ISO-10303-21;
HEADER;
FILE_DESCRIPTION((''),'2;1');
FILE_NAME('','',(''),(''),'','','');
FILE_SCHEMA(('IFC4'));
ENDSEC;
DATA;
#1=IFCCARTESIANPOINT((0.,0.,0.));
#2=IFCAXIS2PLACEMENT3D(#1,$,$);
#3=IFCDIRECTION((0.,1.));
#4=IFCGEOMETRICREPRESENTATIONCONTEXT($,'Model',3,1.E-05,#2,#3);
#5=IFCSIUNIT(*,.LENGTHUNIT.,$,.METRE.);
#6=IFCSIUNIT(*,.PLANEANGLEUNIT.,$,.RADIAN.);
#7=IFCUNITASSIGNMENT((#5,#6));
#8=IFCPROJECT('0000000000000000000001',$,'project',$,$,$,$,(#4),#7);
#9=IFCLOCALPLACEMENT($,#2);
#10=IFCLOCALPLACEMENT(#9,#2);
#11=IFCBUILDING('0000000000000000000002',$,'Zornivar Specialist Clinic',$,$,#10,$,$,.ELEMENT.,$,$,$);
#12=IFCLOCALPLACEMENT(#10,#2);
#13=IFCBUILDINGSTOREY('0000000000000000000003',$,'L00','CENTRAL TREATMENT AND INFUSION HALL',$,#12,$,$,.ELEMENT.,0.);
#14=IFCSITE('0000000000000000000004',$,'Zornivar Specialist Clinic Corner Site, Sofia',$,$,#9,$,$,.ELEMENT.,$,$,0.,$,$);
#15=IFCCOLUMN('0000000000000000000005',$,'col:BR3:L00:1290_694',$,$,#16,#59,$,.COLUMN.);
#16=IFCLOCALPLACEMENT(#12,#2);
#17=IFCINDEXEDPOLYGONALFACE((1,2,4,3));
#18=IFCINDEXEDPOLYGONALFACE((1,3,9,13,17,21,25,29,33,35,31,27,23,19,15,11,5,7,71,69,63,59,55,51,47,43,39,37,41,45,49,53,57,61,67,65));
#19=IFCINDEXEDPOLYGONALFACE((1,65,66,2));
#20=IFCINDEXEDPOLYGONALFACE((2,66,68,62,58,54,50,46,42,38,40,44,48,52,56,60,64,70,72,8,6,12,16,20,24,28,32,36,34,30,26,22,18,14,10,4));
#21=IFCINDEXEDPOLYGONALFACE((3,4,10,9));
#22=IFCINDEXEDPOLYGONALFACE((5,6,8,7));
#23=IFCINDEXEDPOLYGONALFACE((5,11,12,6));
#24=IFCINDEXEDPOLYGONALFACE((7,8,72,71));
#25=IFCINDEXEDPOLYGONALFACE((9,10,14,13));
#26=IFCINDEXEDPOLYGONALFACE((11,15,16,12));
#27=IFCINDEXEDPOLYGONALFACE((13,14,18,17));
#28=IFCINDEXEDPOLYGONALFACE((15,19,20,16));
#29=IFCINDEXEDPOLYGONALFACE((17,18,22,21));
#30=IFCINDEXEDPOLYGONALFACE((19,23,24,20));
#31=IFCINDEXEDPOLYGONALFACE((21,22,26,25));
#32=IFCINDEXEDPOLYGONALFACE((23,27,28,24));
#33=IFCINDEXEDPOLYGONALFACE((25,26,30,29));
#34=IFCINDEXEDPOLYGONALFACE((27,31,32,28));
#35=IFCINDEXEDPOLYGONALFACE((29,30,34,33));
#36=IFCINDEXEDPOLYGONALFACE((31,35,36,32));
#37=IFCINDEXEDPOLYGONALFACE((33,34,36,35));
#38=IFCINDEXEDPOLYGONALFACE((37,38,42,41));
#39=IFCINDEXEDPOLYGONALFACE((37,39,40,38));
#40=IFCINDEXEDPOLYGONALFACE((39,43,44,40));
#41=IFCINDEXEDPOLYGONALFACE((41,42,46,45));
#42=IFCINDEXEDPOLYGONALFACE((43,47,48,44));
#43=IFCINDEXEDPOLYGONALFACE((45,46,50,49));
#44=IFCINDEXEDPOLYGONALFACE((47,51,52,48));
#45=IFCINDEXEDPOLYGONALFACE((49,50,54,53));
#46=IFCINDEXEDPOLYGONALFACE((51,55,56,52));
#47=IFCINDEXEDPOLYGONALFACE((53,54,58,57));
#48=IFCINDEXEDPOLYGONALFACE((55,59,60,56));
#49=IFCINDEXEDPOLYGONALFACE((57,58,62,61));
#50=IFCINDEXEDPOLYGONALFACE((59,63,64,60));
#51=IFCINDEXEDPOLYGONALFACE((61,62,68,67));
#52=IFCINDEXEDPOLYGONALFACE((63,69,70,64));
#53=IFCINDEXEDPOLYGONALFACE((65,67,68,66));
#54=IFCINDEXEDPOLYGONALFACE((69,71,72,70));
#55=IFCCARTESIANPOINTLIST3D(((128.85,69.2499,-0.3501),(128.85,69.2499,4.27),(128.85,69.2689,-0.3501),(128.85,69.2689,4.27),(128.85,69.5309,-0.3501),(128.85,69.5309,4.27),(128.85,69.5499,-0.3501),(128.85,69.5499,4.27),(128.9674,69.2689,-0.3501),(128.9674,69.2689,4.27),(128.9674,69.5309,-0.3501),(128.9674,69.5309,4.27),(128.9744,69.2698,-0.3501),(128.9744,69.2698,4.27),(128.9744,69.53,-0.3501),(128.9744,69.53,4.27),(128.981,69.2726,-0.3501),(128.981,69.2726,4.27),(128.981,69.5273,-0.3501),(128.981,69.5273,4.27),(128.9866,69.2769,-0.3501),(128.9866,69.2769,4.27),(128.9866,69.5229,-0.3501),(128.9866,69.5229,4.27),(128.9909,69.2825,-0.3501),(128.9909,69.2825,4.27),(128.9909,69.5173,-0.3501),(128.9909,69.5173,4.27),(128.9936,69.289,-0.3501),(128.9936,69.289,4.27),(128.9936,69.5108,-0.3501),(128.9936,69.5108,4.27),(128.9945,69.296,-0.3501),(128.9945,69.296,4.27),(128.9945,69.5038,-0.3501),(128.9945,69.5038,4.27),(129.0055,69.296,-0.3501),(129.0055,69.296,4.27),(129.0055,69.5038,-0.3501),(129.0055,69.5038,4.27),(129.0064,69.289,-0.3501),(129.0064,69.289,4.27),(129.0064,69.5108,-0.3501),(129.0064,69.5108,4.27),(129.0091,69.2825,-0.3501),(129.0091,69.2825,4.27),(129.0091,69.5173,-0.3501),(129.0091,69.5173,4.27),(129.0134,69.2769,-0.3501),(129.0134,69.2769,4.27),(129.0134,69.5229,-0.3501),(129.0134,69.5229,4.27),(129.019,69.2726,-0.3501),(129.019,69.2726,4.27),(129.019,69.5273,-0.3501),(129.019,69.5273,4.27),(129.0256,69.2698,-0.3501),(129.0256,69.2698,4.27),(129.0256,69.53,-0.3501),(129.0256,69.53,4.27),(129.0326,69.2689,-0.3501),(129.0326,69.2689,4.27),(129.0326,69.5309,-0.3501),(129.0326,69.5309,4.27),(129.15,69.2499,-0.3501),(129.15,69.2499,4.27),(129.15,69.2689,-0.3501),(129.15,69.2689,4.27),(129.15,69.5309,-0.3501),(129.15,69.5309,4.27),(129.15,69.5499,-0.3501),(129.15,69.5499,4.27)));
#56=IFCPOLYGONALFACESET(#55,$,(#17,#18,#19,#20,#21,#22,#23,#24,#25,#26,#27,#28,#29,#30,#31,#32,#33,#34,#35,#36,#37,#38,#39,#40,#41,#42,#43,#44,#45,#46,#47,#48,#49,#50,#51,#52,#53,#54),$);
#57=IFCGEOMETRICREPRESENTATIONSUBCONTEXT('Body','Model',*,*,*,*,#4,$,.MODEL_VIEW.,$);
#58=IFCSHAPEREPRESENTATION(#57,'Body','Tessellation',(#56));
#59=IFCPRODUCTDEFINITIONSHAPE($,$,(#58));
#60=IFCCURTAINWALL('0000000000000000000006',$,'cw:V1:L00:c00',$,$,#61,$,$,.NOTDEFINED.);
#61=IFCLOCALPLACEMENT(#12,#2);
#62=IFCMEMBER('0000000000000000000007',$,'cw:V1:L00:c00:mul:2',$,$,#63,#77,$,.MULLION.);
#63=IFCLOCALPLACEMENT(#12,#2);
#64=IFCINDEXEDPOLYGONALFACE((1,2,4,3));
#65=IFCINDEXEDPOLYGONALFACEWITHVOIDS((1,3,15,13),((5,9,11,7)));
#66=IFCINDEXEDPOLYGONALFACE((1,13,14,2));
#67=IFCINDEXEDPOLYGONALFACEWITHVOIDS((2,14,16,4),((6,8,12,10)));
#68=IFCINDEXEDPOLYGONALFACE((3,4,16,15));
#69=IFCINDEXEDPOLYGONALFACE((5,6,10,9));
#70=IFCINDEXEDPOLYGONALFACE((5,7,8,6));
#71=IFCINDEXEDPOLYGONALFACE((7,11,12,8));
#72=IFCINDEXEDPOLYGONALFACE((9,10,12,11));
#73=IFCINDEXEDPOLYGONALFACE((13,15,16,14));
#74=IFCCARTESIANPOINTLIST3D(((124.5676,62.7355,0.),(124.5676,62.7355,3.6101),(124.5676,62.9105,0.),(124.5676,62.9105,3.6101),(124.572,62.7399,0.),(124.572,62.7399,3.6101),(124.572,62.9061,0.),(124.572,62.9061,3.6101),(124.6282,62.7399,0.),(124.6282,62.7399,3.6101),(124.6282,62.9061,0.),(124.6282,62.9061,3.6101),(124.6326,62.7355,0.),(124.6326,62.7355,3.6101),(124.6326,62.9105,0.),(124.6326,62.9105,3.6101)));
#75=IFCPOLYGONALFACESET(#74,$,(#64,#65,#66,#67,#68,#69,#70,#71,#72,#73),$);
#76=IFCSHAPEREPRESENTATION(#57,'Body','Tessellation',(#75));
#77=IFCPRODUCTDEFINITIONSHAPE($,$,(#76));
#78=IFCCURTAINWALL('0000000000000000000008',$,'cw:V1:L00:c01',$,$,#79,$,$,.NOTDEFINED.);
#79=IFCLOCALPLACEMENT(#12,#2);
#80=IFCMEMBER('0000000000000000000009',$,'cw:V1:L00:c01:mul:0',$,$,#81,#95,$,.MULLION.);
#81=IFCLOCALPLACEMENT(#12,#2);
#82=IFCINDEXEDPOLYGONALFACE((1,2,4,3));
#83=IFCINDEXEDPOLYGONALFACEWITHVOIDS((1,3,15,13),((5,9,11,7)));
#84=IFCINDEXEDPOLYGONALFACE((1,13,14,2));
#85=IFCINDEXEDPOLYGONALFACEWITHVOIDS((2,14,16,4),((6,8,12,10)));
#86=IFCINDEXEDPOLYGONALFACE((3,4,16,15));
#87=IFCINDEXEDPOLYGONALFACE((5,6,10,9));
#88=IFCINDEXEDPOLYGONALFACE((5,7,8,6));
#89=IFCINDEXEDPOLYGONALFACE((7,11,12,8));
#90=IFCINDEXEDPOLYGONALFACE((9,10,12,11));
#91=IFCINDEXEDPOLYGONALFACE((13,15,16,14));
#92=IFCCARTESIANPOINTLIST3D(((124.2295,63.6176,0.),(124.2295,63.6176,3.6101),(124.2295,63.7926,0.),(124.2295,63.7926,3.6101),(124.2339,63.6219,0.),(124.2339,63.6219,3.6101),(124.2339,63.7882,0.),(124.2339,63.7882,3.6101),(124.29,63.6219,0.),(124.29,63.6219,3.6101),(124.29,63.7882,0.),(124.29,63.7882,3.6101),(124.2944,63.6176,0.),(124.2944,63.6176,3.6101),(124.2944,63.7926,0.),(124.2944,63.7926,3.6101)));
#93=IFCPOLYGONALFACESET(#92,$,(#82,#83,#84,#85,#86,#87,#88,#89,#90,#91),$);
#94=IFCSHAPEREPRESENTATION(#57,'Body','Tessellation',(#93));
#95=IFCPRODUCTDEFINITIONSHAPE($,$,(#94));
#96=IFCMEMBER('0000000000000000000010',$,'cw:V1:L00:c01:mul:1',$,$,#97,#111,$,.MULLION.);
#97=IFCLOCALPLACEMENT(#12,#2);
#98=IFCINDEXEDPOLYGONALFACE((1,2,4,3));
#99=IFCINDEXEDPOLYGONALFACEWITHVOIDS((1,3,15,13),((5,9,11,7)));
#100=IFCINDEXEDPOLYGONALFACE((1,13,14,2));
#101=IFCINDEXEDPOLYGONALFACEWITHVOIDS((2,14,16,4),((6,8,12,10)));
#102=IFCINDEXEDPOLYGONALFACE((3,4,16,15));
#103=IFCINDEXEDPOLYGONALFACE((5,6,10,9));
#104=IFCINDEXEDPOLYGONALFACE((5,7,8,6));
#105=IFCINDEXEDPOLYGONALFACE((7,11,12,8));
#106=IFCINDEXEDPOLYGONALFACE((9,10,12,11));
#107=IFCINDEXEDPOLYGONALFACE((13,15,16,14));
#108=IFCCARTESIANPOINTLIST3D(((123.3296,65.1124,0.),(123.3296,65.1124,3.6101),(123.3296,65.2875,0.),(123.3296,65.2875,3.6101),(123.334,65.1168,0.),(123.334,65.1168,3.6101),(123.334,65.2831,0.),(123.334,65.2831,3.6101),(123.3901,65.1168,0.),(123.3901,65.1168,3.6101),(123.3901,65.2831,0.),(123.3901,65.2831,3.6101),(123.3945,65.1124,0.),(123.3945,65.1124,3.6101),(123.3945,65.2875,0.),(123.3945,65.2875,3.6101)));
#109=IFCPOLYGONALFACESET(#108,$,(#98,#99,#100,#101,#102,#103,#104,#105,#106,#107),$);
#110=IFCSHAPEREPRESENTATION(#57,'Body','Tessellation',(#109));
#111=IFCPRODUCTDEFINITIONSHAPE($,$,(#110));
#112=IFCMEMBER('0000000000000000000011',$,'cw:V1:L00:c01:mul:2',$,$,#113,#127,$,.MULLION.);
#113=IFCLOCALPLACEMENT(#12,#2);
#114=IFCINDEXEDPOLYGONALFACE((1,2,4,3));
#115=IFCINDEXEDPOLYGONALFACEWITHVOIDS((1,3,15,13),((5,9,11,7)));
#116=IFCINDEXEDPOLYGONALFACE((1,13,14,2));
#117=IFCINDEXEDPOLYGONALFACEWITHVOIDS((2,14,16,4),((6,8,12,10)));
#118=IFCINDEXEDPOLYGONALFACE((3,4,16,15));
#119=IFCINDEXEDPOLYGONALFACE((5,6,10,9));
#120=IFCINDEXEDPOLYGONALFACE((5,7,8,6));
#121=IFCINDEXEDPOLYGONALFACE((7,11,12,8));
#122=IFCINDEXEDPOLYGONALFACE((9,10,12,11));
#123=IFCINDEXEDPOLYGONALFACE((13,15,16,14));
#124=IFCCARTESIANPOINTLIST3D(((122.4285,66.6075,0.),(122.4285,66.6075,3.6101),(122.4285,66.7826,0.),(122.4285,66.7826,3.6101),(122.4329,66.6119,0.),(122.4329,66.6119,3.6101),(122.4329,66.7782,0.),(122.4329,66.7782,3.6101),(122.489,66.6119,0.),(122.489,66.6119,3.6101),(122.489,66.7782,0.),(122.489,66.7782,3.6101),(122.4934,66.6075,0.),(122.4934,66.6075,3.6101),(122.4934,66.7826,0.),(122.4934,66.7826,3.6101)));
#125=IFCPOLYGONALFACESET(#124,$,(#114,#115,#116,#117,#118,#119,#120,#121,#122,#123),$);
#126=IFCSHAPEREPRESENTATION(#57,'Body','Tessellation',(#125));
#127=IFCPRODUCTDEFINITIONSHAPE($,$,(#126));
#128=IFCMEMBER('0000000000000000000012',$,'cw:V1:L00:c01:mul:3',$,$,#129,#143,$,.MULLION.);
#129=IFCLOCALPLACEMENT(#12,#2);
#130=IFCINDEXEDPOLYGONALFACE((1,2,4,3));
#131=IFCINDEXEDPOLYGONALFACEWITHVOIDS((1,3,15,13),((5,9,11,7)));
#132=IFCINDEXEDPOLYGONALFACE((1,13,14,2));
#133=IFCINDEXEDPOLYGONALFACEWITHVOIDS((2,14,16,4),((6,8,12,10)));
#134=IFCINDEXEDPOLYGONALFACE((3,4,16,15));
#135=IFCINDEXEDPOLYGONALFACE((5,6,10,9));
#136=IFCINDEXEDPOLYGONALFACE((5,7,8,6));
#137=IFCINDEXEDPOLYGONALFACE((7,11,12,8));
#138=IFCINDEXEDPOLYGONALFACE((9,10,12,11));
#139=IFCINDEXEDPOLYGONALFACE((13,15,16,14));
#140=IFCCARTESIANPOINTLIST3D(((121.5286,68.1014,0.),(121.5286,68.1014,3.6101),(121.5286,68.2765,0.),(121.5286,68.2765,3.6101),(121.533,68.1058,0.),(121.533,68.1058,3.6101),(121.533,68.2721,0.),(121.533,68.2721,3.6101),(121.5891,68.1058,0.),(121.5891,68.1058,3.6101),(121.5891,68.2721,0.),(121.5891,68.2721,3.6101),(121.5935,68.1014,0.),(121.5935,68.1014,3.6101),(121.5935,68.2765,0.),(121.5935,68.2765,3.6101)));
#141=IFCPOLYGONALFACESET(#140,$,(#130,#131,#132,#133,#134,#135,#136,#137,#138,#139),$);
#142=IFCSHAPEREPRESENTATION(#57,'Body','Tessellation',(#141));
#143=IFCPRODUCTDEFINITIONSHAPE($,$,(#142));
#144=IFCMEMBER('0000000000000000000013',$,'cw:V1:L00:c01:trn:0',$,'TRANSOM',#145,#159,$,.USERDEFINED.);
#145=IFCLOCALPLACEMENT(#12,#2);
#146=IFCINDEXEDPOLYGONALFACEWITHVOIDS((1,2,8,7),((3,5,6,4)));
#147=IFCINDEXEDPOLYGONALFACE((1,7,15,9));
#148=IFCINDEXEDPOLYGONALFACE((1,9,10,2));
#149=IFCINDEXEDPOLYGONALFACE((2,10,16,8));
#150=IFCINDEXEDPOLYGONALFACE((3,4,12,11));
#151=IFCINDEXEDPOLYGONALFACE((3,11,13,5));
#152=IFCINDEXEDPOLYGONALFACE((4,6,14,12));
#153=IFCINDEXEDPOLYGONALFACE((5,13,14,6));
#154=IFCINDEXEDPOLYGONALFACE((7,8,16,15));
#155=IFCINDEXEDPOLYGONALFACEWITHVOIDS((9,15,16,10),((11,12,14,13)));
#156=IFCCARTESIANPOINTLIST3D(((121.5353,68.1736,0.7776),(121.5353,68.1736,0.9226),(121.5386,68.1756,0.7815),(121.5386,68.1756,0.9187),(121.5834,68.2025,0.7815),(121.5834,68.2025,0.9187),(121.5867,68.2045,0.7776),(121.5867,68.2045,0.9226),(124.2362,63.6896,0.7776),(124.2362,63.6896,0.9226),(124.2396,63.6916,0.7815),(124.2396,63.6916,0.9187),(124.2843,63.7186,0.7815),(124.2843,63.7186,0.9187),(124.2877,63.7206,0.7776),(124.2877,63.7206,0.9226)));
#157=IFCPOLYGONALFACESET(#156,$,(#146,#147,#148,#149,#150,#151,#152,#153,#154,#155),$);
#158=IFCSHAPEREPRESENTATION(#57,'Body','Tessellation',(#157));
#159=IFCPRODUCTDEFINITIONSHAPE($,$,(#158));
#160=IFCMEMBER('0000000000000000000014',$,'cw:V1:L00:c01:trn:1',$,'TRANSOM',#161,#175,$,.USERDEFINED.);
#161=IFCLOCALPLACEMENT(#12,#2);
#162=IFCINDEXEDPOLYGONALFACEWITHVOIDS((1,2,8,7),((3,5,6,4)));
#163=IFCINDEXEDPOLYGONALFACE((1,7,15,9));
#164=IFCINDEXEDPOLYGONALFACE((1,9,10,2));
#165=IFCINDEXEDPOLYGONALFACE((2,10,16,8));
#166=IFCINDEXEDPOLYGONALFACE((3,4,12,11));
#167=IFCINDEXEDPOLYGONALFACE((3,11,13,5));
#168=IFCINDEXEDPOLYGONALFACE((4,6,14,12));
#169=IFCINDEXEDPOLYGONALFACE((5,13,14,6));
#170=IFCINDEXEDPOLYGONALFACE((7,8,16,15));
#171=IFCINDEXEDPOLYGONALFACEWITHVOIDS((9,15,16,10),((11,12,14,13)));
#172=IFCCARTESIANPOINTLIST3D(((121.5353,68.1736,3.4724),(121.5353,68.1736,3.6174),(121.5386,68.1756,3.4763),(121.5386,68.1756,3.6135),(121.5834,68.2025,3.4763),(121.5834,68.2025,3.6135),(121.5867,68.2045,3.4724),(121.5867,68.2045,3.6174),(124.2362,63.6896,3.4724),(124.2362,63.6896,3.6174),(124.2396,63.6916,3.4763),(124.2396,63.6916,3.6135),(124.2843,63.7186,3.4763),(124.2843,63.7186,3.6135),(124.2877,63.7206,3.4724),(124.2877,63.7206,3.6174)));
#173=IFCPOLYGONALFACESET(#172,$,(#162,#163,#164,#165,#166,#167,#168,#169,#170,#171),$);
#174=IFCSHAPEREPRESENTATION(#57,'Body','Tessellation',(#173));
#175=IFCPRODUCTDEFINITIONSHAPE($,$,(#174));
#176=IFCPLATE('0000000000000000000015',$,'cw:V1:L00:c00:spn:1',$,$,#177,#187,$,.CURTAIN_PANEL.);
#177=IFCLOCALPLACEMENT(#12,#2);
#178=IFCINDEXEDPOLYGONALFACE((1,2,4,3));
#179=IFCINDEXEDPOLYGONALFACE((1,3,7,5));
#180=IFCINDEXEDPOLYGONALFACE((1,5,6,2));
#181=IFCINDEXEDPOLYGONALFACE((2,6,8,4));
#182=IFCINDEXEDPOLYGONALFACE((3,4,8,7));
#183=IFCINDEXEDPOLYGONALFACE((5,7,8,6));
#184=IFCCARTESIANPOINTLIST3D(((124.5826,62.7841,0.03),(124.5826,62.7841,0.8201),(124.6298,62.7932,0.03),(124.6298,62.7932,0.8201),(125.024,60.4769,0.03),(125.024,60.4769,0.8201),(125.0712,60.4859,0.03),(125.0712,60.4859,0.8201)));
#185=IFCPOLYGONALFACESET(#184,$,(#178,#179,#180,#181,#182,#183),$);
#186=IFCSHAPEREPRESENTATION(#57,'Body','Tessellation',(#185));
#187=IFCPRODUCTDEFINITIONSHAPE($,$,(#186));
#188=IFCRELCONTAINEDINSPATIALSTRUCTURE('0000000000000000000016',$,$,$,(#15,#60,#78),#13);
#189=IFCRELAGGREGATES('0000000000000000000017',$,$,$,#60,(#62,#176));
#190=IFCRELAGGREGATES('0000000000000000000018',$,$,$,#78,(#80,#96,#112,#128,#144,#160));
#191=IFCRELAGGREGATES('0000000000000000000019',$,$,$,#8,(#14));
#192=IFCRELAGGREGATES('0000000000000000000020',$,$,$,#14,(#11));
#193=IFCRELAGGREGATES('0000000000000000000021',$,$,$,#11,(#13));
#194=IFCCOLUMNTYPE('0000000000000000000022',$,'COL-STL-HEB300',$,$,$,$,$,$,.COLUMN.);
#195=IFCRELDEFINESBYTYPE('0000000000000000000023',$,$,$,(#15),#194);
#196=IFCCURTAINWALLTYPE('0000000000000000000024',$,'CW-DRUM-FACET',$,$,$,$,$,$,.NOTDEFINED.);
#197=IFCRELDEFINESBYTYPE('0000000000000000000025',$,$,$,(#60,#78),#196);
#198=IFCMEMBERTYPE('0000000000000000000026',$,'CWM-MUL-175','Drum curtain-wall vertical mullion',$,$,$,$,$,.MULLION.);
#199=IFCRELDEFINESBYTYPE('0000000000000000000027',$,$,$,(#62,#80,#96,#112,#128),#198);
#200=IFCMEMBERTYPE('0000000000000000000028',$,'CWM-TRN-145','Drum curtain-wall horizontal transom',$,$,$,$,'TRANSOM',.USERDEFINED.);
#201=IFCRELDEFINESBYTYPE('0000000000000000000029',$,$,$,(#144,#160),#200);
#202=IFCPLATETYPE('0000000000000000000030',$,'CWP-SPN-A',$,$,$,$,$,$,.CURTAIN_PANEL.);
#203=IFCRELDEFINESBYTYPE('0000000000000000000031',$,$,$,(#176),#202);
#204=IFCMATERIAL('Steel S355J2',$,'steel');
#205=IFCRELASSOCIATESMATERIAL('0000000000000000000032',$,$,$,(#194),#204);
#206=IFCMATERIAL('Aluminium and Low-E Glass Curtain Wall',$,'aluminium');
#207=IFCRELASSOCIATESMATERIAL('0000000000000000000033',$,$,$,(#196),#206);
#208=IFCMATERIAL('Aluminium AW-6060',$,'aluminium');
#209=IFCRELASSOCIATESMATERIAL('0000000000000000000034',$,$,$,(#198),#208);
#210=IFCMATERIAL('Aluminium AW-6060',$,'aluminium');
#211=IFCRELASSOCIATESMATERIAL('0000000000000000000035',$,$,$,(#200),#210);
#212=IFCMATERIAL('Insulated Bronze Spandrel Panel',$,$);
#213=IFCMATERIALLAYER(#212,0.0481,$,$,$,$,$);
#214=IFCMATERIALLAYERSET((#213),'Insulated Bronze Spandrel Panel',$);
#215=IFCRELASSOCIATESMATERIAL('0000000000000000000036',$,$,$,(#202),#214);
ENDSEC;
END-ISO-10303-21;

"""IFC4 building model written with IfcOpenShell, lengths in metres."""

from ifc_helpers import new_model, si_unit, direction, frame, origin, origin_2d, place, context, subcontext, project, spatial, rectangle, hollow_rectangle, i_section, extrude, material, layer, layer_set, material_profile, profile_set, type_object, element, aggregate, save


model = new_model("IFC4")

# Units and contexts
model_context = context("Model", 3, precision=1e-05, world=origin(), true_north=direction((0.0, 1.0)))
body_context = subcontext(model_context, "Body", "Model", "MODEL_VIEW")
ifc_project = project(units=[si_unit("LENGTHUNIT", "METRE"), si_unit("PLANEANGLEUNIT", "RADIAN")], contexts=[model_context])

# Site, building, storey
site_placement = place(None, origin())
site = spatial("IfcSite", under=ifc_project, at=site_placement, Name="Zornivar Specialist Clinic Corner Site, Sofia", CompositionType="ELEMENT", RefElevation=0.0)
building_placement = place(site_placement, origin())
building = spatial("IfcBuilding", under=site, at=building_placement, Name="Zornivar Specialist Clinic", CompositionType="ELEMENT")
storey_placement = place(building_placement, origin())
storey = spatial("IfcBuildingStorey", under=building, at=storey_placement, Name="L00", Description="CENTRAL TREATMENT AND INFUSION HALL", CompositionType="ELEMENT", Elevation=0.0)

# Column
ifc_material_1 = material(Name="Steel S355J2", Category="steel")
ifc_material_profile_1 = material_profile(ifc_material_1, i_section(OverallWidth=0.3, OverallDepth=0.3, WebThickness=0.011, FlangeThickness=0.019, FilletRadius=0.0271, at=origin_2d()), Name="HEB 300")
ifc_profile_set_1 = profile_set([ifc_material_profile_1], Name="Steel S355J2")
column_type_1 = type_object("IfcColumnType", Name="COL-STL-HEB300", PredefinedType="COLUMN", material=ifc_profile_set_1)
for number, where, z_axis, x_axis, name in (
    (1, (129.0, 69.3999, -0.3501), (0.0, 0.0, 1.0), (1.0, 0.0, 0.0), "col:BR3:L00:1290_694"),
):
    element("IfcColumn", number, at=place(storey_placement, frame(where, z_axis=z_axis, x_axis=x_axis)), inside=storey, type_object=column_type_1, Name=name, PredefinedType="COLUMN", context=body_context, shape_type="SweptSolid", body=[
        extrude(i_section(OverallWidth=0.3, OverallDepth=0.3, WebThickness=0.011, FlangeThickness=0.019, FilletRadius=0.0271, at=origin_2d()), origin(), (0.0, 0.0, 1.0), 4.6201),
    ])

# Curtain wall, member
ifc_material_2 = material(Name="Aluminium and Low-E Glass Curtain Wall", Category="aluminium")
curtain_wall_type = type_object("IfcCurtainWallType", Name="CW-DRUM-FACET", PredefinedType="NOTDEFINED", material=ifc_material_2)
curtain_wall_1_placement = place(storey_placement, origin())
curtain_wall_1 = element("IfcCurtainWall", 2, at=curtain_wall_1_placement, inside=storey, type_object=curtain_wall_type, Name="cw:V1:L00:c00", PredefinedType="NOTDEFINED")
ifc_material_3 = material(Name="Aluminium AW-6060", Category="aluminium")
ifc_material_profile_2 = material_profile(ifc_material_3, hollow_rectangle(XDim=0.0649, YDim=0.175, WallThickness=0.0044, at=origin_2d()), Name="ALU 65x175x4.5")
ifc_profile_set_2 = profile_set([ifc_material_profile_2], Name="Aluminium AW-6060")
member_type_1 = type_object("IfcMemberType", Name="CWM-MUL-175", Description="Drum curtain-wall vertical mullion", PredefinedType="MULLION", material=ifc_profile_set_2)
member_1_placement = place(storey_placement, frame((124.6001, 62.823, 0.0), z_axis=(0.0, 0.0, 1.0), x_axis=(1.0, 0.0, 0.0)))
member_1 = element("IfcMember", 3, at=member_1_placement, type_object=member_type_1, Name="cw:V1:L00:c00:mul:2", PredefinedType="MULLION", context=body_context, shape_type="SweptSolid", body=[
    extrude(hollow_rectangle(XDim=0.0649, YDim=0.175, WallThickness=0.0044, at=origin_2d()), origin(), (0.0, 0.0, 1.0), 3.6101),
])

# Curtain wall, members
curtain_wall_2_placement = place(storey_placement, origin())
curtain_wall_2 = element("IfcCurtainWall", 4, at=curtain_wall_2_placement, inside=storey, type_object=curtain_wall_type, Name="cw:V1:L00:c01", PredefinedType="NOTDEFINED")
member_2_placement = place(storey_placement, frame((124.262, 63.7051, 0.0), z_axis=(0.0, 0.0, 1.0), x_axis=(1.0, 0.0, 0.0)))
member_2 = element("IfcMember", 5, at=member_2_placement, type_object=member_type_1, Name="cw:V1:L00:c01:mul:0", PredefinedType="MULLION", context=body_context, shape_type="SweptSolid", body=[
    extrude(hollow_rectangle(XDim=0.0649, YDim=0.175, WallThickness=0.0044, at=origin_2d()), origin(), (0.0, 0.0, 1.0), 3.6101),
])
member_3_placement = place(storey_placement, frame((123.3621, 65.2, 0.0), z_axis=(0.0, 0.0, 1.0), x_axis=(1.0, 0.0, 0.0)))
member_3 = element("IfcMember", 6, at=member_3_placement, type_object=member_type_1, Name="cw:V1:L00:c01:mul:1", PredefinedType="MULLION", context=body_context, shape_type="SweptSolid", body=[
    extrude(hollow_rectangle(XDim=0.0649, YDim=0.175, WallThickness=0.0044, at=origin_2d()), origin(), (0.0, 0.0, 1.0), 3.6101),
])
member_4_placement = place(storey_placement, frame((122.4609, 66.6951, 0.0), z_axis=(0.0, 0.0, 1.0), x_axis=(1.0, 0.0, 0.0)))
member_4 = element("IfcMember", 7, at=member_4_placement, type_object=member_type_1, Name="cw:V1:L00:c01:mul:2", PredefinedType="MULLION", context=body_context, shape_type="SweptSolid", body=[
    extrude(hollow_rectangle(XDim=0.0649, YDim=0.175, WallThickness=0.0044, at=origin_2d()), origin(), (0.0, 0.0, 1.0), 3.6101),
])
member_5_placement = place(storey_placement, frame((121.561, 68.189, 0.0), z_axis=(0.0, 0.0, 1.0), x_axis=(1.0, 0.0, 0.0)))
member_5 = element("IfcMember", 8, at=member_5_placement, type_object=member_type_1, Name="cw:V1:L00:c01:mul:3", PredefinedType="MULLION", context=body_context, shape_type="SweptSolid", body=[
    extrude(hollow_rectangle(XDim=0.0649, YDim=0.175, WallThickness=0.0044, at=origin_2d()), origin(), (0.0, 0.0, 1.0), 3.6101),
])
ifc_material_4 = material(Name="Aluminium AW-6060", Category="aluminium")
ifc_material_profile_3 = material_profile(ifc_material_4, hollow_rectangle(XDim=0.0601, YDim=0.145, WallThickness=0.0039, at=origin_2d()), Name="ALU 60x145x4")
ifc_profile_set_3 = profile_set([ifc_material_profile_3], Name="Aluminium AW-6060")
member_type_2 = type_object("IfcMemberType", Name="CWM-TRN-145", Description="Drum curtain-wall horizontal transom", ElementType="TRANSOM", PredefinedType="USERDEFINED", material=ifc_profile_set_3)
member_6_placement = place(storey_placement, frame((124.262, 63.7051, 0.8501), z_axis=(-0.515983, 0.856599, 0.0), x_axis=(-0.856599, -0.515983, 0.0)))
member_6 = element("IfcMember", 9, at=member_6_placement, type_object=member_type_2, Name="cw:V1:L00:c01:trn:0", ObjectType="TRANSOM", PredefinedType="USERDEFINED", context=body_context, shape_type="SweptSolid", body=[
    extrude(hollow_rectangle(XDim=0.0601, YDim=0.145, WallThickness=0.0039, at=origin_2d()), origin(), (0.0, 0.0, 1.0), 5.2346),
])
member_7_placement = place(storey_placement, frame((124.262, 63.7051, 3.5449), z_axis=(-0.515983, 0.856599, 0.0), x_axis=(-0.856599, -0.515983, 0.0)))
member_7 = element("IfcMember", 10, at=member_7_placement, type_object=member_type_2, Name="cw:V1:L00:c01:trn:1", ObjectType="TRANSOM", PredefinedType="USERDEFINED", context=body_context, shape_type="SweptSolid", body=[
    extrude(hollow_rectangle(XDim=0.0601, YDim=0.145, WallThickness=0.0039, at=origin_2d()), origin(), (0.0, 0.0, 1.0), 5.2346),
])

# Plate
ifc_material_5 = material(Name="Insulated Bronze Spandrel Panel")
ifc_layer_1 = layer(ifc_material_5, 0.0481)
ifc_layer_set_1 = layer_set([ifc_layer_1], Name="Insulated Bronze Spandrel Panel")
plate_type_1 = type_object("IfcPlateType", Name="CWP-SPN-A", PredefinedType="CURTAIN_PANEL", material=ifc_layer_set_1)
plate_1_placement = place(storey_placement, frame((124.8269, 61.635, 0.03), z_axis=(0.0, 0.0, 1.0), x_axis=(-0.187897, 0.982189, 0.0)))
plate_1 = element("IfcPlate", 11, at=plate_1_placement, type_object=plate_type_1, Name="cw:V1:L00:c00:spn:1", PredefinedType="CURTAIN_PANEL", context=body_context, shape_type="SweptSolid", body=[
    extrude(rectangle(XDim=2.3491, YDim=0.0481, at=origin_2d()), origin(), (0.0, 0.0, 1.0), 0.79),
])
aggregate(curtain_wall_1, [member_1, plate_1])
aggregate(curtain_wall_2, [member_2, member_3, member_4, member_5, member_6, member_7])

save(model, "model.ifc")
